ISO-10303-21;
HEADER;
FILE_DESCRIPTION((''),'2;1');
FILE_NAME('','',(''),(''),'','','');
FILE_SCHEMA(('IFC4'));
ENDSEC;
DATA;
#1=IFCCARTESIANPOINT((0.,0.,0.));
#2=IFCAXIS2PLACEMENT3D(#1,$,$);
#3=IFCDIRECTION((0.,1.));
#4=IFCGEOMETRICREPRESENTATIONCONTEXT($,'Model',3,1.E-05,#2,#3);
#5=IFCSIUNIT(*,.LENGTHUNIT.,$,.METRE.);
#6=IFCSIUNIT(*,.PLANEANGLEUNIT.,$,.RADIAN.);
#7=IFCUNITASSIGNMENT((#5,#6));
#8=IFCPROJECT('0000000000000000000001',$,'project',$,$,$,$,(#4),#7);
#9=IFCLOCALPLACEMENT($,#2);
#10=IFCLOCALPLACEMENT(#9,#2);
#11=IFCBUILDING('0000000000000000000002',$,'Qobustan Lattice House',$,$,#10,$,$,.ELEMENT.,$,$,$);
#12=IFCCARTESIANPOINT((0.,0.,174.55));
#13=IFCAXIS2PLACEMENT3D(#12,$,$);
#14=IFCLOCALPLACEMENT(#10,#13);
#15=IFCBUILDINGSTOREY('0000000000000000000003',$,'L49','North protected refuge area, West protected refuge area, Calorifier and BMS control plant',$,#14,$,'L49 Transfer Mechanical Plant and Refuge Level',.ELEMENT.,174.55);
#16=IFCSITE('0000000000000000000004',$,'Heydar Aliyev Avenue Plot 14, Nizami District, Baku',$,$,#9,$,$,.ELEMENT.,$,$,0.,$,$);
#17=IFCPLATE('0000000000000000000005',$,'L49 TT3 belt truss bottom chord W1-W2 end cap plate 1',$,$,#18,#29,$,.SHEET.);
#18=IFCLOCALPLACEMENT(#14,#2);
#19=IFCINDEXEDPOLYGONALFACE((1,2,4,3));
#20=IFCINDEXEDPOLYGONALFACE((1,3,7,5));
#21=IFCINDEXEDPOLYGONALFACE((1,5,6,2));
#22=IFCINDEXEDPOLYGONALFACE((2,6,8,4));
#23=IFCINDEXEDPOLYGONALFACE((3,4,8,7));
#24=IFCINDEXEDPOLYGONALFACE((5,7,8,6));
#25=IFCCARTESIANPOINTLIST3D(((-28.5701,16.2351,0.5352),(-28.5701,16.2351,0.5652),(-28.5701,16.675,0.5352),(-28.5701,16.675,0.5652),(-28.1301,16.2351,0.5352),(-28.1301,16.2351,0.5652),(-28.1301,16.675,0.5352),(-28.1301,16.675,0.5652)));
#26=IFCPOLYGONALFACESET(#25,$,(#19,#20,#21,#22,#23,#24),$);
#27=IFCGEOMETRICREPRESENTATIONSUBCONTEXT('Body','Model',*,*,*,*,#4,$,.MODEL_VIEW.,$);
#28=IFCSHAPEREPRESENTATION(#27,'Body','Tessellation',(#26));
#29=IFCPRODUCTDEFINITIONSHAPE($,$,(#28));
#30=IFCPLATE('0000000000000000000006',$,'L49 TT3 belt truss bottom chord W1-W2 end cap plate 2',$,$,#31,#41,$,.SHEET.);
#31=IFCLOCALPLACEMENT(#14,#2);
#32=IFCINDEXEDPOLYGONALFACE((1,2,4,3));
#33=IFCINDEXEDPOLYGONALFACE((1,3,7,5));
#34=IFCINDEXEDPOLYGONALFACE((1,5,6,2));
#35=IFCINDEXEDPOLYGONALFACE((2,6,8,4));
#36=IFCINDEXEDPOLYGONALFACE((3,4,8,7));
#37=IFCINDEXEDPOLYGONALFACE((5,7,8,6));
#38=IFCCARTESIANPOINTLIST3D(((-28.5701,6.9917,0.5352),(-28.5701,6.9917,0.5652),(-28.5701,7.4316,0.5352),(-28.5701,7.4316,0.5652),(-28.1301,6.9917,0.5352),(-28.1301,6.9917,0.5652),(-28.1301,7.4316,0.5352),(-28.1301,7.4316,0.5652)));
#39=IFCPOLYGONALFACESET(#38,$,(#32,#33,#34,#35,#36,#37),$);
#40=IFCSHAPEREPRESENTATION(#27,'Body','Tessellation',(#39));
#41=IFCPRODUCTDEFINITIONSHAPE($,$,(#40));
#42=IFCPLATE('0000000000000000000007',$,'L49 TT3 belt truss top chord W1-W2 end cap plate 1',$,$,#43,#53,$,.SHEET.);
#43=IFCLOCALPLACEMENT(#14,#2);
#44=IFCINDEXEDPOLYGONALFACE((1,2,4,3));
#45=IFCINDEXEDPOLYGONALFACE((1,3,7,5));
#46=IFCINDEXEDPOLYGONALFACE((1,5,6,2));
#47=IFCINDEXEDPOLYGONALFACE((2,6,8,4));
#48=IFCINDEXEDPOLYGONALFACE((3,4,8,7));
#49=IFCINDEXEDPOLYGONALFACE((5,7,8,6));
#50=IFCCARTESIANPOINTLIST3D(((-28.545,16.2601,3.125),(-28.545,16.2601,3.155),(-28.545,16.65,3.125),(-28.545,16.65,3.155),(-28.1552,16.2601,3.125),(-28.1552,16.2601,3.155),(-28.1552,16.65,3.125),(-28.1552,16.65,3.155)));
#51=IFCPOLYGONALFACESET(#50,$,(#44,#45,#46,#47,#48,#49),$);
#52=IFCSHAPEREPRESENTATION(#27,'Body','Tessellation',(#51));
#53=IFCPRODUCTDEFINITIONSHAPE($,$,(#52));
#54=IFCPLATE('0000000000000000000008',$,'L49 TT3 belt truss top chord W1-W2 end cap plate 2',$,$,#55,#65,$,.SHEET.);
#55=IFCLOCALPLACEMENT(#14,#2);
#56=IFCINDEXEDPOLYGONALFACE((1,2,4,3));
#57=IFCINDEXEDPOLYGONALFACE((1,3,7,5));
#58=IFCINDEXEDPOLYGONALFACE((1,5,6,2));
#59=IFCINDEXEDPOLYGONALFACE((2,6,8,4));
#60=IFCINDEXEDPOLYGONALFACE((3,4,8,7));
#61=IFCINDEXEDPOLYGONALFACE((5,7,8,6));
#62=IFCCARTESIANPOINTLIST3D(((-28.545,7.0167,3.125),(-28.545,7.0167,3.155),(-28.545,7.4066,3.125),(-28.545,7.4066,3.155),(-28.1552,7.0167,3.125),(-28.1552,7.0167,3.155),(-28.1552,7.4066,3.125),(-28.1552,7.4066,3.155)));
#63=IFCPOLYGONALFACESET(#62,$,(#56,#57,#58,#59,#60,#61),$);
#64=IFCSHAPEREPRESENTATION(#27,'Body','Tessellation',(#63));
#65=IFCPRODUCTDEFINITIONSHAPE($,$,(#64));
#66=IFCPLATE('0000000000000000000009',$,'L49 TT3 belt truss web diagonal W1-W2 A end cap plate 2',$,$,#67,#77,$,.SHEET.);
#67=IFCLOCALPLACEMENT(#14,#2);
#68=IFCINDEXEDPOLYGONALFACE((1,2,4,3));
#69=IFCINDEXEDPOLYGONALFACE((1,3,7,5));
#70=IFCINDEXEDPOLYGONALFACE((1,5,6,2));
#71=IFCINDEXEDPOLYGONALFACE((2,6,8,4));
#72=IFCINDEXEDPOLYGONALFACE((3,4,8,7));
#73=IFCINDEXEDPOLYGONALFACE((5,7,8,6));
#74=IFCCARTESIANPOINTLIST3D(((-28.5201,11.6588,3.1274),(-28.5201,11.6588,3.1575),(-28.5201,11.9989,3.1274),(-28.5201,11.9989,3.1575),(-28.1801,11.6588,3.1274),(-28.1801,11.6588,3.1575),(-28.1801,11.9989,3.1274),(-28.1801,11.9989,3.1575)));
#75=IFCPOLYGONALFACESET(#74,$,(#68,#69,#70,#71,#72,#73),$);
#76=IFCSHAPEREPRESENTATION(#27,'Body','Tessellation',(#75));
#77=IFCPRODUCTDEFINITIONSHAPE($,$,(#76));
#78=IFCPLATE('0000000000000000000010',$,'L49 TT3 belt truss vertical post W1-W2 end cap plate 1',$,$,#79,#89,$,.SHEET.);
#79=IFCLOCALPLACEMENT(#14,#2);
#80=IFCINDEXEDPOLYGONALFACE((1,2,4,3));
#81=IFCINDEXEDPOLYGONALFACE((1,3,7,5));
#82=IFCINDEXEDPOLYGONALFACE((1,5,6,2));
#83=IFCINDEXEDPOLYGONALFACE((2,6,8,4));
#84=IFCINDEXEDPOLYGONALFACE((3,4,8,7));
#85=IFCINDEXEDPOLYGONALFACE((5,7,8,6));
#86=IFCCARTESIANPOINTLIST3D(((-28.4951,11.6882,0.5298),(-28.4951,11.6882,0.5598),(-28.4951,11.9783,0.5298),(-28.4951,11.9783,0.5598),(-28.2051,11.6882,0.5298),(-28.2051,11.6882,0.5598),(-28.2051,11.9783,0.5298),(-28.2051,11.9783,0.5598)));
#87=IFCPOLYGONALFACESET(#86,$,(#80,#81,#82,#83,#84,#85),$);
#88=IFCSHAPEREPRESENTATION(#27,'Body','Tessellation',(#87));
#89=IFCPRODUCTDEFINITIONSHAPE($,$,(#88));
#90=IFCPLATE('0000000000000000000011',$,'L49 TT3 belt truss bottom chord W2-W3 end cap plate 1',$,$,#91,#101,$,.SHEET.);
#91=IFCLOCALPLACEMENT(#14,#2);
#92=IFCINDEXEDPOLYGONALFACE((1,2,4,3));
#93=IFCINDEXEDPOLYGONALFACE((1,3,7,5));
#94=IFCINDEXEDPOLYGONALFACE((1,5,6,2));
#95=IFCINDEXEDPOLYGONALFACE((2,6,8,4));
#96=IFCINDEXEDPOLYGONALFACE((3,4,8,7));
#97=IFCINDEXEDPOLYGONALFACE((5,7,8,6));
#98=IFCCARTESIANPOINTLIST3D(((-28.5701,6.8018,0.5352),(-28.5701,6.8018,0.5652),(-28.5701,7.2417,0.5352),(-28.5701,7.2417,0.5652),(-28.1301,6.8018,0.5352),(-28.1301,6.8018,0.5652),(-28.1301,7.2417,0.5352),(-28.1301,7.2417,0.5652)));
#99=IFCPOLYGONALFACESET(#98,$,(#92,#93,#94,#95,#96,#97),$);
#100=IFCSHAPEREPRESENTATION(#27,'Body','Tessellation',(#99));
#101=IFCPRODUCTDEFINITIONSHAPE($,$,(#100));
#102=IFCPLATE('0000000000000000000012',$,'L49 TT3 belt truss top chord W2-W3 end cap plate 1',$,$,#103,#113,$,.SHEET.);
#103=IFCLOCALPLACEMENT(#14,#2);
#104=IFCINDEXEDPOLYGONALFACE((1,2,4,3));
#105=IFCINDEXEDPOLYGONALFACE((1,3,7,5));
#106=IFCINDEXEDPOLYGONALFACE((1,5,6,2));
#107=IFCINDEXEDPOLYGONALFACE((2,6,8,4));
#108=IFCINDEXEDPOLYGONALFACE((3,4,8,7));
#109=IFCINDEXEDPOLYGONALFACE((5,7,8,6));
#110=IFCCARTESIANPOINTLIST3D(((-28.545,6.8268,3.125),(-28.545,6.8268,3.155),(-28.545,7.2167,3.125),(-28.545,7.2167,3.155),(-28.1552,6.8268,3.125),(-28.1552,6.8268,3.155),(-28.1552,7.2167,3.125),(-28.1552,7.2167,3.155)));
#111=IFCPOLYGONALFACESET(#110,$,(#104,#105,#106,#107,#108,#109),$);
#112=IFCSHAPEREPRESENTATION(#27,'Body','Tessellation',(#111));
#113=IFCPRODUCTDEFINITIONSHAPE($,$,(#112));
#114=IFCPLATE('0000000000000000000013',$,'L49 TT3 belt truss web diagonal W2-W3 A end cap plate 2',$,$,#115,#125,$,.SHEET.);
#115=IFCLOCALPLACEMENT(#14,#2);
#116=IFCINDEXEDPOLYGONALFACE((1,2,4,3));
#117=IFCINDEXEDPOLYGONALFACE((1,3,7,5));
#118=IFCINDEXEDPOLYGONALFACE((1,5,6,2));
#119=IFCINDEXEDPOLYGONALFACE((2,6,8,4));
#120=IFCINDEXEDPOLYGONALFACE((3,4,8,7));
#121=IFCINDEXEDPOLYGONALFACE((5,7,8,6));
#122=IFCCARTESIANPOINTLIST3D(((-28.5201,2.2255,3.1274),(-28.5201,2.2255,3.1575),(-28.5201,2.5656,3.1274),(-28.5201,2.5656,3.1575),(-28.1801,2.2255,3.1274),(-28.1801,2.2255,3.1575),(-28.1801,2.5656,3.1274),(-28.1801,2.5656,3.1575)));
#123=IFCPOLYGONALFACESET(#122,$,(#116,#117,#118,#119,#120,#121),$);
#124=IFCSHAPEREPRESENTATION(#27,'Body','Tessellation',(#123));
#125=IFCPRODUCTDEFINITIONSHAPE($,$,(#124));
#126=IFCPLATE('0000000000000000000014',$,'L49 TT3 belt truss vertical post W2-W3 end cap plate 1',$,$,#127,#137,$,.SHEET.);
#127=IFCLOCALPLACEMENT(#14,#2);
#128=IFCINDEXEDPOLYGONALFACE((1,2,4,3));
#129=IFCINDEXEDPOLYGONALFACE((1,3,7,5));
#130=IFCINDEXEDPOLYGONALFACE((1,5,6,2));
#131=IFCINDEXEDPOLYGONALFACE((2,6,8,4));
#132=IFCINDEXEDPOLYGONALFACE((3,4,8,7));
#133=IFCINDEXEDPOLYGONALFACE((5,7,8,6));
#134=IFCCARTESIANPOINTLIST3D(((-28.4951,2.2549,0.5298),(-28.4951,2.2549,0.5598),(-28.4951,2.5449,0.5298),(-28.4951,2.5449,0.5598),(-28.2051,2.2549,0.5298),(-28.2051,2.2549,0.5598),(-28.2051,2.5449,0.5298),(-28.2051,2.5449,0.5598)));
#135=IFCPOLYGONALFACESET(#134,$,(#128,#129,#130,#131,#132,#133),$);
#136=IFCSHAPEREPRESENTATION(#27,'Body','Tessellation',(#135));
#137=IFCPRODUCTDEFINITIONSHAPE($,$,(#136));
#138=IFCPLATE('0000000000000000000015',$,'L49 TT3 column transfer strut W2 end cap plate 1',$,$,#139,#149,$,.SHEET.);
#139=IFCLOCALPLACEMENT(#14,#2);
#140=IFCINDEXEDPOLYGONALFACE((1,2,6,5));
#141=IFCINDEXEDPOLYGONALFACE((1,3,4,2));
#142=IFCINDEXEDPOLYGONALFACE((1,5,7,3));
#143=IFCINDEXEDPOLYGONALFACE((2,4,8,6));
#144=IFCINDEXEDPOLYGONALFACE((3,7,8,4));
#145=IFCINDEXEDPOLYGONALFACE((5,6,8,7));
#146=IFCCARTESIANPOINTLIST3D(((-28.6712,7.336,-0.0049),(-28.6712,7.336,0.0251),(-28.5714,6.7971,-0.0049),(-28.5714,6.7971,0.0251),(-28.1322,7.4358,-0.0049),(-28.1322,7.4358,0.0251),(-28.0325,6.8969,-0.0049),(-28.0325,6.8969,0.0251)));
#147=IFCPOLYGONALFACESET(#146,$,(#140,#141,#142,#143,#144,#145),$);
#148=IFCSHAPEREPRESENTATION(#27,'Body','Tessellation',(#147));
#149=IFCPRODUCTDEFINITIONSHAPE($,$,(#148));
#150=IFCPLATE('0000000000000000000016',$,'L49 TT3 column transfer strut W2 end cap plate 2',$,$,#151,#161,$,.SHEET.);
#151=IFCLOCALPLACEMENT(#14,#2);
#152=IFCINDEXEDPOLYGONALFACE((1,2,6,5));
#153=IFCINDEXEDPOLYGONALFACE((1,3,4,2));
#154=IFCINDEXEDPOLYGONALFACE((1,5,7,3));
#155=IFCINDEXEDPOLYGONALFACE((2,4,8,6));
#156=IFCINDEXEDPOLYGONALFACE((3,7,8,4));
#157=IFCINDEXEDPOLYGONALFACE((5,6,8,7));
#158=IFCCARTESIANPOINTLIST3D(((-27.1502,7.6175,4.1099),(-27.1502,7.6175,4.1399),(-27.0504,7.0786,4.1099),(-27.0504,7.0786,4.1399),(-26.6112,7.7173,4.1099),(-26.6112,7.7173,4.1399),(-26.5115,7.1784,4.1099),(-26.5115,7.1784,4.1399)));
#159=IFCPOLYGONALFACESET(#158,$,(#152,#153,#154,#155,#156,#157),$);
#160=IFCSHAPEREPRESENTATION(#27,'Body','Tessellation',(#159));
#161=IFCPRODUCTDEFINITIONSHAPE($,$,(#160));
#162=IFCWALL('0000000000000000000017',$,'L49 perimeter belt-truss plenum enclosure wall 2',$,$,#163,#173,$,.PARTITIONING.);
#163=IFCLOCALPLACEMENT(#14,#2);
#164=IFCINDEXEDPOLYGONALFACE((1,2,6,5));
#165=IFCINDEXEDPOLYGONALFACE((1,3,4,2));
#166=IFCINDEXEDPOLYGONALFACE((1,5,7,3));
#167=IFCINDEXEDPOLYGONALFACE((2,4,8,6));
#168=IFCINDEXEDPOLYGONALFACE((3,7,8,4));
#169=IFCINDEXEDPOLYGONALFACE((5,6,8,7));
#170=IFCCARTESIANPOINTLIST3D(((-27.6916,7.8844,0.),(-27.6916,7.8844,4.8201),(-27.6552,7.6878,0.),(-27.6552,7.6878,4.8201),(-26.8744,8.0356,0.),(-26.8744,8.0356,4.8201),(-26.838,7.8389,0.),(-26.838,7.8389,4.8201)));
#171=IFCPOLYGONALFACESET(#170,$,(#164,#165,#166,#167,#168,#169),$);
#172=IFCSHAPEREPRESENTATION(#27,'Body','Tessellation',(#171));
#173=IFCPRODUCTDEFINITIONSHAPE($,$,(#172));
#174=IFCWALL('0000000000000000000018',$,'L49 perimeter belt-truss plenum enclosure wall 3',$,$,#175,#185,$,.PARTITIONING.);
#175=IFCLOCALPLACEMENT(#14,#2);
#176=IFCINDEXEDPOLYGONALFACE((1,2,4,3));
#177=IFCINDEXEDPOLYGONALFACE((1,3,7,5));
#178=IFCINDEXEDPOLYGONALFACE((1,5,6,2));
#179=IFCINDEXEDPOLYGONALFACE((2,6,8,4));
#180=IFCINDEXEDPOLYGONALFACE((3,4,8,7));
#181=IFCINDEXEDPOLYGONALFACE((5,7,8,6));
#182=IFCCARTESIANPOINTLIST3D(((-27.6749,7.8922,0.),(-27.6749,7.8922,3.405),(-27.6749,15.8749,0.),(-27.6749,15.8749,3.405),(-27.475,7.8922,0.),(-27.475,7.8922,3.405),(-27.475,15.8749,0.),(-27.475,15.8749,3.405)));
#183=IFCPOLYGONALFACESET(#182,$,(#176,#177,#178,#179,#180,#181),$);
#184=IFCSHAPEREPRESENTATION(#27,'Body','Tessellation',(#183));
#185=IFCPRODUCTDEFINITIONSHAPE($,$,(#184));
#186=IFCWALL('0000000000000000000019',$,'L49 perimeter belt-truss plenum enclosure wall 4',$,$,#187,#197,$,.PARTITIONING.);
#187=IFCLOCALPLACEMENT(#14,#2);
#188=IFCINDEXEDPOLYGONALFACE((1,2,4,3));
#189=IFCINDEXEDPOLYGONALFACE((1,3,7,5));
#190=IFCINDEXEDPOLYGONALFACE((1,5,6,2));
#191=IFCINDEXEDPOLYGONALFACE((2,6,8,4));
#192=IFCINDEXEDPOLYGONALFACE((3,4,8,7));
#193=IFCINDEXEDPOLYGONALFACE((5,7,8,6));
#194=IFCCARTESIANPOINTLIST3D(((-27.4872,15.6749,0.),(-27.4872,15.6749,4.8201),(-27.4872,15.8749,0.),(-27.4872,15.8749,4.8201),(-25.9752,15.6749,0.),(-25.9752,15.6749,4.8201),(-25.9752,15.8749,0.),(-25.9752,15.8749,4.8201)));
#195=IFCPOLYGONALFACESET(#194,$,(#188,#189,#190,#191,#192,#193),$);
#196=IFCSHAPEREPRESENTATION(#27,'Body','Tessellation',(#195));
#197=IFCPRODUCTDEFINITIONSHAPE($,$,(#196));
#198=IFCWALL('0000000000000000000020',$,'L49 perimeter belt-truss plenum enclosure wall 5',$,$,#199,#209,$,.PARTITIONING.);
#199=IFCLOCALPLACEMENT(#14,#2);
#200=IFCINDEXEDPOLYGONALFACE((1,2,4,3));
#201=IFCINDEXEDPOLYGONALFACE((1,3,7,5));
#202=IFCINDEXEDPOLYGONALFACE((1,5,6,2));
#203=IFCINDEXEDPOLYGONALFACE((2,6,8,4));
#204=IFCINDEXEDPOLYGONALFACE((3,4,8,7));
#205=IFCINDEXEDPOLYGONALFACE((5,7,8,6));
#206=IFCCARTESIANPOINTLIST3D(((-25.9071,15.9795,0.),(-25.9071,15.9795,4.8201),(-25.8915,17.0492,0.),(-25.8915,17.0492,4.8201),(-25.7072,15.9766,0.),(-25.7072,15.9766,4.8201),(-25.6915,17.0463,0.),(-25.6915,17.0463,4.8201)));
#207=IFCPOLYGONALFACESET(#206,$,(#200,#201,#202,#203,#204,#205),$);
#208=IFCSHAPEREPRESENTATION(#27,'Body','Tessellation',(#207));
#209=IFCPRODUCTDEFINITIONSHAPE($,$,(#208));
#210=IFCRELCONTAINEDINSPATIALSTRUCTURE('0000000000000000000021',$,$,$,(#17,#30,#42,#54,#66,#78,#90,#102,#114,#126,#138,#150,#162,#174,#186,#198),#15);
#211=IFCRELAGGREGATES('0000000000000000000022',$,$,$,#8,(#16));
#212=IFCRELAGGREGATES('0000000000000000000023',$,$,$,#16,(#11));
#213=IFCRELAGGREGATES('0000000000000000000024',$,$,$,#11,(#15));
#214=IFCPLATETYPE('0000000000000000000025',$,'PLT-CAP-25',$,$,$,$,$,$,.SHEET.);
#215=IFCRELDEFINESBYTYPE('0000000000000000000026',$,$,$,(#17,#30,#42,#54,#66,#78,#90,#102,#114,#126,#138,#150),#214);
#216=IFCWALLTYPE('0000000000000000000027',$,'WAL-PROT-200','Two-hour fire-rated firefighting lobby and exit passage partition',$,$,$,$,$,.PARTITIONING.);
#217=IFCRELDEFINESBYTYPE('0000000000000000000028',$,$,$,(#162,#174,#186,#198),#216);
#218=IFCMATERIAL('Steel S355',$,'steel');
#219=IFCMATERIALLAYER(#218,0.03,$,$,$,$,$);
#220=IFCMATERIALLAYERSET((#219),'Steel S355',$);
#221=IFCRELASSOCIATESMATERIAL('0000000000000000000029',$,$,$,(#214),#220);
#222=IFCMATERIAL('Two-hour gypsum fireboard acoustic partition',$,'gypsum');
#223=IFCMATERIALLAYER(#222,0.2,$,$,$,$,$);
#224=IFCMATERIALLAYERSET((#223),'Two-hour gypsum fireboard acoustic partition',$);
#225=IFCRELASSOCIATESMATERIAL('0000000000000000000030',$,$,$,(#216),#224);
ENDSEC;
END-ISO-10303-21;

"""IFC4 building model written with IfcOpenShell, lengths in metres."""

from ifc_helpers import new_model, si_unit, direction, frame, frame_2d, origin, origin_2d, place, context, subcontext, project, spatial, rectangle, extrude, material, layer, layer_set, type_object, element, save


model = new_model("IFC4")

# Units and contexts
model_context = context("Model", 3, precision=1e-05, world=origin(), true_north=direction((0.0, 1.0)))
body_context = subcontext(model_context, "Body", "Model", "MODEL_VIEW")
ifc_project = project(units=[si_unit("LENGTHUNIT", "METRE"), si_unit("PLANEANGLEUNIT", "RADIAN")], contexts=[model_context])

# Site, building, storey
site_placement = place(None, origin())
site = spatial("IfcSite", under=ifc_project, at=site_placement, Name="Heydar Aliyev Avenue Plot 14, Nizami District, Baku", CompositionType="ELEMENT", RefElevation=0.0)
building_placement = place(site_placement, origin())
building = spatial("IfcBuilding", under=site, at=building_placement, Name="Qobustan Lattice House", CompositionType="ELEMENT")
storey_placement = place(building_placement, frame((0.0, 0.0, 174.55)))
storey = spatial("IfcBuildingStorey", under=building, at=storey_placement, Name="L49", Description="North protected refuge area, West protected refuge area, Calorifier and BMS control plant", LongName="L49 Transfer Mechanical Plant and Refuge Level", CompositionType="ELEMENT", Elevation=174.55)

# Plates
ifc_material_1 = material(Name="Steel S355", Category="steel")
ifc_layer_1 = layer(ifc_material_1, 0.03)
ifc_layer_set_1 = layer_set([ifc_layer_1], Name="Steel S355")
plate_type = type_object("IfcPlateType", Name="PLT-CAP-25", PredefinedType="SHEET", material=ifc_layer_set_1)
for number, where, z_axis, x_axis, name in (
    (1, (-28.3501, 16.4551, 0.5352), (0.0, 0.0, 1.0), (0.0, -1.0, 0.0), "L49 TT3 belt truss bottom chord W1-W2 end cap plate 1"),
    (2, (-28.3501, 7.2117, 0.5352), (0.0, 0.0, 1.0), (0.0, -1.0, 0.0), "L49 TT3 belt truss bottom chord W1-W2 end cap plate 2"),
):
    element("IfcPlate", number, at=place(storey_placement, frame(where, z_axis=z_axis, x_axis=x_axis)), inside=storey, type_object=plate_type, Name=name, PredefinedType="SHEET", context=body_context, shape_type="SweptSolid", body=[
        extrude(rectangle(XDim=0.4399, YDim=0.4399, at=origin_2d()), origin(), (0.0, 0.0, 1.0), 0.03),
    ])
for number, where, z_axis, x_axis, name in (
    (3, (-28.3501, 16.4551, 3.125), (0.0, 0.0, 1.0), (0.0, -1.0, 0.0), "L49 TT3 belt truss top chord W1-W2 end cap plate 1"),
    (4, (-28.3501, 7.2117, 3.125), (0.0, 0.0, 1.0), (0.0, -1.0, 0.0), "L49 TT3 belt truss top chord W1-W2 end cap plate 2"),
):
    element("IfcPlate", number, at=place(storey_placement, frame(where, z_axis=z_axis, x_axis=x_axis)), inside=storey, type_object=plate_type, Name=name, PredefinedType="SHEET", context=body_context, shape_type="SweptSolid", body=[
        extrude(rectangle(XDim=0.3899, YDim=0.3899, at=origin_2d()), origin(), (0.0, 0.0, 1.0), 0.03),
    ])
plate_1_placement = place(storey_placement, frame((-28.3501, 11.8289, 3.1274), z_axis=(0.0, 0.0, 1.0), x_axis=(0.0, -1.0, 0.0)))
element("IfcPlate", 5, at=plate_1_placement, inside=storey, type_object=plate_type, Name="L49 TT3 belt truss web diagonal W1-W2 A end cap plate 2", PredefinedType="SHEET", context=body_context, shape_type="SweptSolid", body=[
    extrude(rectangle(XDim=0.3401, YDim=0.3401, at=origin_2d()), origin(), (0.0, 0.0, 1.0), 0.03),
])
plate_2_placement = place(storey_placement, frame((-28.3501, 11.8333, 0.5298), z_axis=(0.0, 0.0, 1.0), x_axis=(1.0, 0.0, 0.0)))
element("IfcPlate", 6, at=plate_2_placement, inside=storey, type_object=plate_type, Name="L49 TT3 belt truss vertical post W1-W2 end cap plate 1", PredefinedType="SHEET", context=body_context, shape_type="SweptSolid", body=[
    extrude(rectangle(XDim=0.29, YDim=0.29, at=origin_2d()), origin(), (0.0, 0.0, 1.0), 0.03),
])
plate_3_placement = place(storey_placement, frame((-28.3501, 7.0217, 0.5352), z_axis=(0.0, 0.0, 1.0), x_axis=(0.0, -1.0, 0.0)))
element("IfcPlate", 7, at=plate_3_placement, inside=storey, type_object=plate_type, Name="L49 TT3 belt truss bottom chord W2-W3 end cap plate 1", PredefinedType="SHEET", context=body_context, shape_type="SweptSolid", body=[
    extrude(rectangle(XDim=0.4399, YDim=0.4399, at=origin_2d()), origin(), (0.0, 0.0, 1.0), 0.03),
])
plate_4_placement = place(storey_placement, frame((-28.3501, 7.0217, 3.125), z_axis=(0.0, 0.0, 1.0), x_axis=(0.0, -1.0, 0.0)))
element("IfcPlate", 8, at=plate_4_placement, inside=storey, type_object=plate_type, Name="L49 TT3 belt truss top chord W2-W3 end cap plate 1", PredefinedType="SHEET", context=body_context, shape_type="SweptSolid", body=[
    extrude(rectangle(XDim=0.3899, YDim=0.3899, at=origin_2d()), origin(), (0.0, 0.0, 1.0), 0.03),
])
plate_5_placement = place(storey_placement, frame((-28.3501, 2.3955, 3.1274), z_axis=(0.0, 0.0, 1.0), x_axis=(0.0, -1.0, 0.0)))
element("IfcPlate", 9, at=plate_5_placement, inside=storey, type_object=plate_type, Name="L49 TT3 belt truss web diagonal W2-W3 A end cap plate 2", PredefinedType="SHEET", context=body_context, shape_type="SweptSolid", body=[
    extrude(rectangle(XDim=0.3401, YDim=0.3401, at=origin_2d()), origin(), (0.0, 0.0, 1.0), 0.03),
])
plate_6_placement = place(storey_placement, frame((-28.3501, 2.3999, 0.5298), z_axis=(0.0, 0.0, 1.0), x_axis=(1.0, 0.0, 0.0)))
element("IfcPlate", 10, at=plate_6_placement, inside=storey, type_object=plate_type, Name="L49 TT3 belt truss vertical post W2-W3 end cap plate 1", PredefinedType="SHEET", context=body_context, shape_type="SweptSolid", body=[
    extrude(rectangle(XDim=0.29, YDim=0.29, at=origin_2d()), origin(), (0.0, 0.0, 1.0), 0.03),
])
for number, where, z_axis, x_axis, name in (
    (11, (-28.3518, 7.1165, -0.0049), (0.0, 0.0, 1.0), (0.983293, 0.18203, 0.0), "L49 TT3 column transfer strut W2 end cap plate 1"),
    (12, (-26.8308, 7.3979, 4.1099), (0.0, 0.0, 1.0), (0.983293, 0.18203, 0.0), "L49 TT3 column transfer strut W2 end cap plate 2"),
):
    element("IfcPlate", number, at=place(storey_placement, frame(where, z_axis=z_axis, x_axis=x_axis)), inside=storey, type_object=plate_type, Name=name, PredefinedType="SHEET", context=body_context, shape_type="SweptSolid", body=[
        extrude(rectangle(XDim=0.5481, YDim=0.5481, at=origin_2d()), origin(), (0.0, 0.0, 1.0), 0.03),
    ])

# Walls
ifc_material_2 = material(Name="Two-hour gypsum fireboard acoustic partition", Category="gypsum")
ifc_layer_2 = layer(ifc_material_2, 0.2)
ifc_layer_set_2 = layer_set([ifc_layer_2], Name="Two-hour gypsum fireboard acoustic partition")
wall_type_1 = type_object("IfcWallType", Name="WAL-PROT-200", Description="Two-hour fire-rated firefighting lobby and exit passage partition", PredefinedType="PARTITIONING", material=ifc_layer_set_2)
wall_1_placement = place(storey_placement, frame((-26.8562, 7.9373, 0.0), z_axis=(0.0, 0.0, 1.0), x_axis=(-0.983325, -0.181858, 0.0)))
element("IfcWall", 13, at=wall_1_placement, inside=storey, type_object=wall_type_1, Name="L49 perimeter belt-truss plenum enclosure wall 2", PredefinedType="PARTITIONING", context=body_context, shape_type="SweptSolid", body=[
    extrude(rectangle(XDim=0.8311, YDim=0.2, at=frame_2d((0.4155, 0.0))), origin(), (0.0, 0.0, 1.0), 4.8201),
])
wall_2_placement = place(storey_placement, frame((-27.575, 7.8923, 0.0), z_axis=(0.0, 0.0, 1.0), x_axis=(0.0, 1.0, 0.0)))
element("IfcWall", 14, at=wall_2_placement, inside=storey, type_object=wall_type_1, Name="L49 perimeter belt-truss plenum enclosure wall 3", PredefinedType="PARTITIONING", context=body_context, shape_type="SweptSolid", body=[
    extrude(rectangle(XDim=7.9827, YDim=0.2, at=frame_2d((3.9912, 0.0))), origin(), (0.0, 0.0, 1.0), 3.405),
])
wall_3_placement = place(storey_placement, frame((-27.4871, 15.7749, 0.0), z_axis=(0.0, 0.0, 1.0), x_axis=(1.0, 0.0, 0.0)))
element("IfcWall", 15, at=wall_3_placement, inside=storey, type_object=wall_type_1, Name="L49 perimeter belt-truss plenum enclosure wall 4", PredefinedType="PARTITIONING", context=body_context, shape_type="SweptSolid", body=[
    extrude(rectangle(XDim=1.512, YDim=0.2, at=frame_2d((0.7559, 0.0))), origin(), (0.0, 0.0, 1.0), 4.8201),
])
wall_4_placement = place(storey_placement, frame((-25.8071, 15.978, 0.0), z_axis=(0.0, 0.0, 1.0), x_axis=(0.014604, 0.999893, 0.0)))
element("IfcWall", 16, at=wall_4_placement, inside=storey, type_object=wall_type_1, Name="L49 perimeter belt-truss plenum enclosure wall 5", PredefinedType="PARTITIONING", context=body_context, shape_type="SweptSolid", body=[
    extrude(rectangle(XDim=1.0698, YDim=0.2, at=frame_2d((0.5349, 0.0))), origin(), (0.0, 0.0, 1.0), 4.8201),
])

save(model, "model.ifc")
